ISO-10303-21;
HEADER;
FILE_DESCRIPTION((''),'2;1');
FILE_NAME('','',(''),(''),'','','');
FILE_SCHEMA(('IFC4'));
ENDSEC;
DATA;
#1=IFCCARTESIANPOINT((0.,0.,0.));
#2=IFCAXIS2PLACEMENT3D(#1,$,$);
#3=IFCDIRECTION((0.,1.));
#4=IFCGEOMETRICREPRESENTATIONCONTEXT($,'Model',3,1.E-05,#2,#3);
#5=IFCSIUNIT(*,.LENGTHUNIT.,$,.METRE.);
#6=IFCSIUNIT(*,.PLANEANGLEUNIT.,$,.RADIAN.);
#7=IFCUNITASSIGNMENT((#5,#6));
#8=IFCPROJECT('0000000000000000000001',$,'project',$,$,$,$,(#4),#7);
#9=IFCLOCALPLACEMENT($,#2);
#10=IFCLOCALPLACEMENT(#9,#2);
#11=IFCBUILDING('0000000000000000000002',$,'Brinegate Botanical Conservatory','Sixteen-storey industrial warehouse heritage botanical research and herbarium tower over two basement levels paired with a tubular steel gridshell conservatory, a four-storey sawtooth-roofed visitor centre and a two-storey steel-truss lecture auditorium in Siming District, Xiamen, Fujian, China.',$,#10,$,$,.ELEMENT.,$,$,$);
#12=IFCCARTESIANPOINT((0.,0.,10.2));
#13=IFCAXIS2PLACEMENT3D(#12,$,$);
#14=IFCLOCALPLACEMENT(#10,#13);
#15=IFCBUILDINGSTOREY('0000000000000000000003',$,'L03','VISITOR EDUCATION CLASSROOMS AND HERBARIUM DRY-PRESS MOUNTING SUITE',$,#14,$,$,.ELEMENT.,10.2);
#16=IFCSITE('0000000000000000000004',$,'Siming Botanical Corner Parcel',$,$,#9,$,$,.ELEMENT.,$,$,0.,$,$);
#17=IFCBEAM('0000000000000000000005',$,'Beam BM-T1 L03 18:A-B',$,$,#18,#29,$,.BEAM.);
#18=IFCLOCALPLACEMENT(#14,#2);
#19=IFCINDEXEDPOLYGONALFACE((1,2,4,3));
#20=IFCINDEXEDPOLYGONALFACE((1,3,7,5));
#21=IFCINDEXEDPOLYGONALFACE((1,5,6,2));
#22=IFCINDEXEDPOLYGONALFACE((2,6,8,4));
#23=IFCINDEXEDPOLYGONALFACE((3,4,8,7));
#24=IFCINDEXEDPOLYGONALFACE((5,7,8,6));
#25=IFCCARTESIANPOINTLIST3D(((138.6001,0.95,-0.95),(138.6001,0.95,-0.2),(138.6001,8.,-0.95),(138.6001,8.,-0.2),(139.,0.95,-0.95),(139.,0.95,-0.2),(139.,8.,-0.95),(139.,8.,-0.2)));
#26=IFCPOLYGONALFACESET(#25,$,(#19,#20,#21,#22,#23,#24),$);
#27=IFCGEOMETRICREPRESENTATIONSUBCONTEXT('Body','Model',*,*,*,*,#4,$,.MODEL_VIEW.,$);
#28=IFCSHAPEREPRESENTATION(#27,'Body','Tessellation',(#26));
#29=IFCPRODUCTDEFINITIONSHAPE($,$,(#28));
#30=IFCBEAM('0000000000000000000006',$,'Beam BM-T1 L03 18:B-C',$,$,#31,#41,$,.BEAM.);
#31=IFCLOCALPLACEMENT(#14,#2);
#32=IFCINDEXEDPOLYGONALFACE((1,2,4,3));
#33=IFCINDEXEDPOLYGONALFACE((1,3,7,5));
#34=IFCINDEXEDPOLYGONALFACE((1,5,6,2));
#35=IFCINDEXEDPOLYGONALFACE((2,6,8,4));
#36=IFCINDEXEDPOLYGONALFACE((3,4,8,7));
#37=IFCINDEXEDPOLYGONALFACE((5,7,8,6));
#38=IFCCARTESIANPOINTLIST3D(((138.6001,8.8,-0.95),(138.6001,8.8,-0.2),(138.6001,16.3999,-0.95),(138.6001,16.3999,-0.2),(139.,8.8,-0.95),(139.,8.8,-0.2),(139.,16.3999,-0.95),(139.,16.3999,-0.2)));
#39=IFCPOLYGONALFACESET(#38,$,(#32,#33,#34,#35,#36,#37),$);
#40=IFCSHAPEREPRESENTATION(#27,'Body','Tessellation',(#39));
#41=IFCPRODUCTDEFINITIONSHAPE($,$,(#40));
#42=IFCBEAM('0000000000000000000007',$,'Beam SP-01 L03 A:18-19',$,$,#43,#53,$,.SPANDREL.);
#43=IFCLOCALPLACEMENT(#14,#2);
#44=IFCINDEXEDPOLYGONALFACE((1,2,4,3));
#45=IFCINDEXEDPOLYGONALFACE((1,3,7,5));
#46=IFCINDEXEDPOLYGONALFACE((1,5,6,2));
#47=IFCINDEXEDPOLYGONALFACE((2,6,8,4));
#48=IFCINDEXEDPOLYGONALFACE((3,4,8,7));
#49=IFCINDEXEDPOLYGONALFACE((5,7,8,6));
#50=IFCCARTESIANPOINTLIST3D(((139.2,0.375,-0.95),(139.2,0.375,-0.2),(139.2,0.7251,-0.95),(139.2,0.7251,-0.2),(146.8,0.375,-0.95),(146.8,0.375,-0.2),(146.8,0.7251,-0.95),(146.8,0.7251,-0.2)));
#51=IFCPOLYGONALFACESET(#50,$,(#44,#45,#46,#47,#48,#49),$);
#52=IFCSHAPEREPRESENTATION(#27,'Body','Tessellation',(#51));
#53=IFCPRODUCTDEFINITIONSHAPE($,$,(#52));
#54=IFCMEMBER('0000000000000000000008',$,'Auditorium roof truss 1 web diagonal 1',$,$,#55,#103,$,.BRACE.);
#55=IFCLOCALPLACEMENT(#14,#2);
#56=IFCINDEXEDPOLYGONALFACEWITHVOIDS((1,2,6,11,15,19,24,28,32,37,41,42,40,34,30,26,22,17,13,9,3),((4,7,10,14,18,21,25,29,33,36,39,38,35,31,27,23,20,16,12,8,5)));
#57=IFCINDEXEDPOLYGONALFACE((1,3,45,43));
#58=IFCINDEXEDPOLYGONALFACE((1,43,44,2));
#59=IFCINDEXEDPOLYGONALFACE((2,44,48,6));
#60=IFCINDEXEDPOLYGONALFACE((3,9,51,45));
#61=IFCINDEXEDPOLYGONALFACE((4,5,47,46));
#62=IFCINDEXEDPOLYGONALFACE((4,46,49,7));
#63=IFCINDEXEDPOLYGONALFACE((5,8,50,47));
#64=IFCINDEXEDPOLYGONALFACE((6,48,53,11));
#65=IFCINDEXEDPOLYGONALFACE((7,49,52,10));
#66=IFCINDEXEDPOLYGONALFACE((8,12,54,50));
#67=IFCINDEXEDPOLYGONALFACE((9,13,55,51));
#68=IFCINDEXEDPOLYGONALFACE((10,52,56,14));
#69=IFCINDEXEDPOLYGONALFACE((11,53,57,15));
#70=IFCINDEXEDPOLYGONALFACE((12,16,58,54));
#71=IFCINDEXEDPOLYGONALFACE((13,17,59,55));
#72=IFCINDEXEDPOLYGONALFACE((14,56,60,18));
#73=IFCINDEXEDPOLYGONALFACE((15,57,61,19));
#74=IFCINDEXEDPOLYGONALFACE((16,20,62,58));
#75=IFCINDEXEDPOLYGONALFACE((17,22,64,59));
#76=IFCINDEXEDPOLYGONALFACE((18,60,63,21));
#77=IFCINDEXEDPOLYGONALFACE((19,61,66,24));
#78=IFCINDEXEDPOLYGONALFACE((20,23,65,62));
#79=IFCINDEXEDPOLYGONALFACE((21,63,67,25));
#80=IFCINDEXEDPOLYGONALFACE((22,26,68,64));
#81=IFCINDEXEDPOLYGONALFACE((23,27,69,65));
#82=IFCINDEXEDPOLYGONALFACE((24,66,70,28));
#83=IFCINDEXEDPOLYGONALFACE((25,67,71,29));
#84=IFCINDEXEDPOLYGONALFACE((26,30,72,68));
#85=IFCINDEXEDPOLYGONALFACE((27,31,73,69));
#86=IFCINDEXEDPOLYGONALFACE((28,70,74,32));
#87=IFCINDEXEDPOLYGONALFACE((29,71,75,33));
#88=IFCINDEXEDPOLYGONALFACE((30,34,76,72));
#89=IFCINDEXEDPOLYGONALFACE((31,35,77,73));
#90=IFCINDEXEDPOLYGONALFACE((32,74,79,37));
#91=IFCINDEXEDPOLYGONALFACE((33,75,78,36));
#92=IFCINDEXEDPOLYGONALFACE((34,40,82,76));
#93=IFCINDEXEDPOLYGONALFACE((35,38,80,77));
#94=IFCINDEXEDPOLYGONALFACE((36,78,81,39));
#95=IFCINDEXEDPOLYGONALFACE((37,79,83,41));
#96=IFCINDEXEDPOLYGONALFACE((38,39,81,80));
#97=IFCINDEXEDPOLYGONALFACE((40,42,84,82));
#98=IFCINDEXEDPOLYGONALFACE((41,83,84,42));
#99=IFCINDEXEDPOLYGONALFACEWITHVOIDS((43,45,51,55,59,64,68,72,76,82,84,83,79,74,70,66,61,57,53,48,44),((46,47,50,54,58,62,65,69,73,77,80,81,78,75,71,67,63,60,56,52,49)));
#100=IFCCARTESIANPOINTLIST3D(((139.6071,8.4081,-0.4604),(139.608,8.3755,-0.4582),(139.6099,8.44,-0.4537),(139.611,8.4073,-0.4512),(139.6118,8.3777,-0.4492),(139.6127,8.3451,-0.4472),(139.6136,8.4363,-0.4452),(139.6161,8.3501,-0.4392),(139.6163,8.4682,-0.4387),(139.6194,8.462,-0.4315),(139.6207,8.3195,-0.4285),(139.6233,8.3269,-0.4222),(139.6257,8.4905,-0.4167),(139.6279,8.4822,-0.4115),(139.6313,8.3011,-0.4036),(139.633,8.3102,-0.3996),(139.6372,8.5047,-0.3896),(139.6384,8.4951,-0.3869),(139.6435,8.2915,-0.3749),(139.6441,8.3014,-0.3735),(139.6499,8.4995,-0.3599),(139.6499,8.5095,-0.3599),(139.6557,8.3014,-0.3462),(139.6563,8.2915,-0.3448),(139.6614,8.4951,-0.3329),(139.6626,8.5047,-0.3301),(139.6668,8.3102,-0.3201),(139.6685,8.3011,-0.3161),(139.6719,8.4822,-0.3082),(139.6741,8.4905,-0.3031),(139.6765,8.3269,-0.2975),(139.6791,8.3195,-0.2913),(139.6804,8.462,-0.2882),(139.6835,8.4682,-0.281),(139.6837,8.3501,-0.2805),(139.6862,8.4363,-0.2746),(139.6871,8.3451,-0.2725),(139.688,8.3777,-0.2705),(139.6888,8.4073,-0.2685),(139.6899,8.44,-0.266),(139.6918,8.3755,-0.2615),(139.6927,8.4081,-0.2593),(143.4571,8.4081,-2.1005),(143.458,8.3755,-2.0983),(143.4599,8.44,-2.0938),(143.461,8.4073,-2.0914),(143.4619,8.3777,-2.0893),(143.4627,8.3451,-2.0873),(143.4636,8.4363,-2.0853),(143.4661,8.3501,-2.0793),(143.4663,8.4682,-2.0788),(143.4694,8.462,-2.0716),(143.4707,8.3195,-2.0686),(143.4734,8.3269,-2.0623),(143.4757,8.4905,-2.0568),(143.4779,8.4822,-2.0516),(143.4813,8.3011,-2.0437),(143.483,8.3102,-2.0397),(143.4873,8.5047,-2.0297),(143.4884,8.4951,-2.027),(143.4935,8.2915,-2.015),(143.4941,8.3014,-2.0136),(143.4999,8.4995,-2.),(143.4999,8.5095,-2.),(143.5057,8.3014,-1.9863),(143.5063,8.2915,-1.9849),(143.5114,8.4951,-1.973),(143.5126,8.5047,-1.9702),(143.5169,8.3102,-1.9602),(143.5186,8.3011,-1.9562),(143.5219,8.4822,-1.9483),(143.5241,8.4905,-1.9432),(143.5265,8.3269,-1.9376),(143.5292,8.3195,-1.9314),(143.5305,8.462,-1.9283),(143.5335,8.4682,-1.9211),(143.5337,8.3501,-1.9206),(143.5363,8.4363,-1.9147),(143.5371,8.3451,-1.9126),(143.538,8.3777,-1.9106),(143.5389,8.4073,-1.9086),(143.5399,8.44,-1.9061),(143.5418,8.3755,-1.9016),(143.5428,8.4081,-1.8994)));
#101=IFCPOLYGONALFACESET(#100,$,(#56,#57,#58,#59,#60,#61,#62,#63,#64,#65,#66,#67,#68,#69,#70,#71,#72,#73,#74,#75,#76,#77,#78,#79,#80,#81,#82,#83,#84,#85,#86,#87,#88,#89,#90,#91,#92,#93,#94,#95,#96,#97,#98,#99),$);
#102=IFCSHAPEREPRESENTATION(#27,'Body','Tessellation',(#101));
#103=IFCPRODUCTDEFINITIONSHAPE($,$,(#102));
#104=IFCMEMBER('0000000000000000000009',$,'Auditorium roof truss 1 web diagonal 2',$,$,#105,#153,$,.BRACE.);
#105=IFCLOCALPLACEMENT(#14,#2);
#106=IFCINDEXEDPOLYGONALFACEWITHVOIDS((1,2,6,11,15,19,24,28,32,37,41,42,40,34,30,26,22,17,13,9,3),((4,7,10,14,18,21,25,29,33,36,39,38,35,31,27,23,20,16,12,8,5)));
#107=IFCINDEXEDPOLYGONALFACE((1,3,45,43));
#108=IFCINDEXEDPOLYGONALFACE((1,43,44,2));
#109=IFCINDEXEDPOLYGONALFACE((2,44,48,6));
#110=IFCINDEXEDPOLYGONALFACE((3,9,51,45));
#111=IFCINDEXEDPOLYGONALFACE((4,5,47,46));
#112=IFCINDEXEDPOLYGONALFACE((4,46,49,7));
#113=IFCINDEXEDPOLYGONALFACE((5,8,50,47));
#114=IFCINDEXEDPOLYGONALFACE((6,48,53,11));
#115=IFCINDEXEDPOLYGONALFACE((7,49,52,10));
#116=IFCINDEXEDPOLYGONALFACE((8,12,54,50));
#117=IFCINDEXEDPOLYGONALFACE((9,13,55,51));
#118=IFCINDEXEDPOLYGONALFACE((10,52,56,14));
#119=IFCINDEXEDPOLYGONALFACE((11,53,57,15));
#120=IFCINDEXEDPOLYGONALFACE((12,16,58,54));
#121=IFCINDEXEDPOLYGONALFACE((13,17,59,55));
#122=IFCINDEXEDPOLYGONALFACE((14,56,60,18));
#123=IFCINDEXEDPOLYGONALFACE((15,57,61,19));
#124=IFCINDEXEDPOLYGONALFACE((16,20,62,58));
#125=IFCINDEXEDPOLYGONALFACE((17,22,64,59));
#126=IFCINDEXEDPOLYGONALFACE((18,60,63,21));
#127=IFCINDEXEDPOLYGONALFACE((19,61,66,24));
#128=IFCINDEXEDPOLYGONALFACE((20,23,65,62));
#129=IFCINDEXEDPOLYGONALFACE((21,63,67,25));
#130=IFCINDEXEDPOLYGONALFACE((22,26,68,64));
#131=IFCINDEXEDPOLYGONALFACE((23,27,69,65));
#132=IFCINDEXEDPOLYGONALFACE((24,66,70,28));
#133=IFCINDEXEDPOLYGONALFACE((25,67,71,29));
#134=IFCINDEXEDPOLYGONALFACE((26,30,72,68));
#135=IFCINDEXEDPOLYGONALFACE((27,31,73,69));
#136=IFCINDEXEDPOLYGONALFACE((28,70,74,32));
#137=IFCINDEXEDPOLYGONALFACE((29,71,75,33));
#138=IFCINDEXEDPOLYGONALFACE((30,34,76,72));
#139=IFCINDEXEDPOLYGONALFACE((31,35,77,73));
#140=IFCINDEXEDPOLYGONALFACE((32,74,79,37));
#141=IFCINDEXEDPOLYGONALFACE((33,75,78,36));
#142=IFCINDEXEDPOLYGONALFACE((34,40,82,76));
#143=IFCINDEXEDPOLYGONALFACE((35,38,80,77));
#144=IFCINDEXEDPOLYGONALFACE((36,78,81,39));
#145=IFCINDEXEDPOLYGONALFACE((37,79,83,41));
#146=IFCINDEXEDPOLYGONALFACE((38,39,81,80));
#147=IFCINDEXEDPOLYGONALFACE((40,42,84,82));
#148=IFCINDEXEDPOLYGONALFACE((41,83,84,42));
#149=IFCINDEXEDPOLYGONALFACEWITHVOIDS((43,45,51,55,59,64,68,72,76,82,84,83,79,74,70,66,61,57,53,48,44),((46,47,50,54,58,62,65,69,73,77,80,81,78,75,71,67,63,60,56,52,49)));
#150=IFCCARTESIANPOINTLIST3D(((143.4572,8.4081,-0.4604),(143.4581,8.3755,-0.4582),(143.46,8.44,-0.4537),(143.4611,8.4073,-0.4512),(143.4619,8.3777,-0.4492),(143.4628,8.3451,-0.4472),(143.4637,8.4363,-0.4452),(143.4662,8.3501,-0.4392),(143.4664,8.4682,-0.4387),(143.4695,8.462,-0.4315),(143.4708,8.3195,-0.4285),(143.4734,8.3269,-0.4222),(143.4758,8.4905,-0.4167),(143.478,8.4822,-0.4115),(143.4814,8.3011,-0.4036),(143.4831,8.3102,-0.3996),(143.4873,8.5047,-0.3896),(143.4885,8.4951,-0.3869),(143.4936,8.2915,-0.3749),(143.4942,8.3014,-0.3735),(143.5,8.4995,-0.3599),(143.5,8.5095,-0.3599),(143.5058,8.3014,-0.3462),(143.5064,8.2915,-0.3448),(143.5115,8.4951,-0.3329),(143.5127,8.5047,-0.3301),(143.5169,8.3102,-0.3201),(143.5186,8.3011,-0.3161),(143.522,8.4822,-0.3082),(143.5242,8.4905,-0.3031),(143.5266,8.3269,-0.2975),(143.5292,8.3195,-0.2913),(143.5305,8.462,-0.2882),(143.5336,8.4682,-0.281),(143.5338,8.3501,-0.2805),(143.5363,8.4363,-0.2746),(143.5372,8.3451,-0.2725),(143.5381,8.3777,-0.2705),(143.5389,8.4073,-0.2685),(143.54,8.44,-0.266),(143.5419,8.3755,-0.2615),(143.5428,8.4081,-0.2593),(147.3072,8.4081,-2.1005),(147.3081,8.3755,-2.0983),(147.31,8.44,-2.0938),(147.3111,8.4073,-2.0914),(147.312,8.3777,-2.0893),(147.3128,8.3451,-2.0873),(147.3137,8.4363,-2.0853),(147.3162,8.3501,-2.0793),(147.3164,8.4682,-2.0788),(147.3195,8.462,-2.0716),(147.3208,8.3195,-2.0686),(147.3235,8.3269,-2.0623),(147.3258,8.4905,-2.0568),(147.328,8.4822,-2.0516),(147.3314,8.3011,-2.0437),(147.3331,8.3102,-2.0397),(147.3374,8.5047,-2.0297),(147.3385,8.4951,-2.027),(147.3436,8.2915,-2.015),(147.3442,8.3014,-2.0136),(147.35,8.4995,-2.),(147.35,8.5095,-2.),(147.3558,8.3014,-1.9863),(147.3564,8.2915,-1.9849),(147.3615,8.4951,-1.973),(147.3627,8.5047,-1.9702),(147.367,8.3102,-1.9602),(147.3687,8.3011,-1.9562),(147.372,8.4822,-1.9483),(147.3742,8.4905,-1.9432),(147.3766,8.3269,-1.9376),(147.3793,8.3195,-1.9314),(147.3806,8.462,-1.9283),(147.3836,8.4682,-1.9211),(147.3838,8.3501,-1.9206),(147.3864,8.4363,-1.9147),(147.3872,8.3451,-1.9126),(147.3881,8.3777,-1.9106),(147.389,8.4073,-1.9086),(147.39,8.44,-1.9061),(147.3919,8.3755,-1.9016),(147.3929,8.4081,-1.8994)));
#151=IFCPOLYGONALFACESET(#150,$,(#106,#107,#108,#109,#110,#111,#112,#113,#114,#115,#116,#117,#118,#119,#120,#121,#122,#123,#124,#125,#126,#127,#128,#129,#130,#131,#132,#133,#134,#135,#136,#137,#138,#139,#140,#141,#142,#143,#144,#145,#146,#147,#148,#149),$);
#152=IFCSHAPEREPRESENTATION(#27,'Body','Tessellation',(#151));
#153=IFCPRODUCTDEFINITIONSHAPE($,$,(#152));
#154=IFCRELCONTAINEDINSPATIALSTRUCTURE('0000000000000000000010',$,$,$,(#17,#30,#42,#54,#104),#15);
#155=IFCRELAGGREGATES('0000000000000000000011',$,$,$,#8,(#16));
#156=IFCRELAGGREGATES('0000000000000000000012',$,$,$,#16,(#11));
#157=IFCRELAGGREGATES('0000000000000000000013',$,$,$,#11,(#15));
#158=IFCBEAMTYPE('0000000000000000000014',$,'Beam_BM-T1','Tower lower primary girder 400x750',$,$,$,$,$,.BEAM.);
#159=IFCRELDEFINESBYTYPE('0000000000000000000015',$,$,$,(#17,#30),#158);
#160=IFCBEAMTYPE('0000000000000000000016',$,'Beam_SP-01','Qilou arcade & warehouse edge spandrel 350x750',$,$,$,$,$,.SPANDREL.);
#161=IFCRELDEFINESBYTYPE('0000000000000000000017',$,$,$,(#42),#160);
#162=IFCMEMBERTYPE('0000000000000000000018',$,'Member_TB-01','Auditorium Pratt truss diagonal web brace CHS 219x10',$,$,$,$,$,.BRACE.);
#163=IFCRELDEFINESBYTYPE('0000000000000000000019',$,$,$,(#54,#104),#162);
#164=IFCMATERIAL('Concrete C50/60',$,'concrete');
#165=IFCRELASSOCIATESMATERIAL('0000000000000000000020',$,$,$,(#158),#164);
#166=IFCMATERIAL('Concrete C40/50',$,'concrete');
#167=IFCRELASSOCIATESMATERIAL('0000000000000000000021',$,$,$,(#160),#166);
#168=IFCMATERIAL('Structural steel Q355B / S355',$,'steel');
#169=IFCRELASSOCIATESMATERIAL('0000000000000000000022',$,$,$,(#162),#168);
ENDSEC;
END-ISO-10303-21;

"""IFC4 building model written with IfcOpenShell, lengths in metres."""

from ifc_helpers import new_model, si_unit, direction, frame, origin, origin_2d, place, context, subcontext, project, spatial, rectangle, hollow_circle, extrude, material, material_profile, profile_set, type_object, element, save


model = new_model("IFC4")

# Units and contexts
model_context = context("Model", 3, precision=1e-05, world=origin(), true_north=direction((0.0, 1.0)))
body_context = subcontext(model_context, "Body", "Model", "MODEL_VIEW")
ifc_project = project(units=[si_unit("LENGTHUNIT", "METRE"), si_unit("PLANEANGLEUNIT", "RADIAN")], contexts=[model_context])

# Site, building, storey
site_placement = place(None, origin())
site = spatial("IfcSite", under=ifc_project, at=site_placement, Name="Siming Botanical Corner Parcel", CompositionType="ELEMENT", RefElevation=0.0)
building_placement = place(site_placement, origin())
building = spatial("IfcBuilding", under=site, at=building_placement, Name="Brinegate Botanical Conservatory", Description="Sixteen-storey industrial warehouse heritage botanical research and herbarium tower over two basement levels paired with a tubular steel gridshell conservatory, a four-storey sawtooth-roofed visitor centre and a two-storey steel-truss lecture auditorium in Siming District, Xiamen, Fujian, China.", CompositionType="ELEMENT")
storey_placement = place(building_placement, frame((0.0, 0.0, 10.2)))
storey = spatial("IfcBuildingStorey", under=building, at=storey_placement, Name="L03", Description="VISITOR EDUCATION CLASSROOMS AND HERBARIUM DRY-PRESS MOUNTING SUITE", CompositionType="ELEMENT", Elevation=10.2)

# Beams
ifc_material_1 = material(Name="Concrete C50/60", Category="concrete")
ifc_material_profile_1 = material_profile(ifc_material_1, rectangle(XDim=0.3999, YDim=0.75, at=origin_2d()), Name="RC BM 400x750")
ifc_profile_set_1 = profile_set([ifc_material_profile_1], Name="Concrete C50/60")
beam_type_1 = type_object("IfcBeamType", Name="Beam_BM-T1", Description="Tower lower primary girder 400x750", PredefinedType="BEAM", material=ifc_profile_set_1)
beam_1_placement = place(storey_placement, frame((138.8, 0.95, -0.575), z_axis=(0.0, 1.0, 0.0), x_axis=(-1.0, 0.0, 0.0)))
element("IfcBeam", 1, at=beam_1_placement, inside=storey, type_object=beam_type_1, Name="Beam BM-T1 L03 18:A-B", PredefinedType="BEAM", context=body_context, shape_type="SweptSolid", body=[
    extrude(rectangle(XDim=0.3999, YDim=0.75, at=origin_2d()), origin(), (0.0, 0.0, 1.0), 7.05),
])
beam_2_placement = place(storey_placement, frame((138.8, 8.8, -0.575), z_axis=(0.0, 1.0, 0.0), x_axis=(-1.0, 0.0, 0.0)))
element("IfcBeam", 2, at=beam_2_placement, inside=storey, type_object=beam_type_1, Name="Beam BM-T1 L03 18:B-C", PredefinedType="BEAM", context=body_context, shape_type="SweptSolid", body=[
    extrude(rectangle(XDim=0.3999, YDim=0.75, at=origin_2d()), origin(), (0.0, 0.0, 1.0), 7.5999),
])
ifc_material_2 = material(Name="Concrete C40/50", Category="concrete")
ifc_material_profile_2 = material_profile(ifc_material_2, rectangle(XDim=0.3501, YDim=0.75, at=origin_2d()), Name="RC SPN 350x750")
ifc_profile_set_2 = profile_set([ifc_material_profile_2], Name="Concrete C40/50")
beam_type_2 = type_object("IfcBeamType", Name="Beam_SP-01", Description="Qilou arcade & warehouse edge spandrel 350x750", PredefinedType="SPANDREL", material=ifc_profile_set_2)
beam_3_placement = place(storey_placement, frame((139.2, 0.55, -0.575), z_axis=(1.0, 0.0, 0.0), x_axis=(0.0, 1.0, 0.0)))
element("IfcBeam", 3, at=beam_3_placement, inside=storey, type_object=beam_type_2, Name="Beam SP-01 L03 A:18-19", PredefinedType="SPANDREL", context=body_context, shape_type="SweptSolid", body=[
    extrude(rectangle(XDim=0.3501, YDim=0.75, at=origin_2d()), origin(), (0.0, 0.0, 1.0), 7.6001),
])

# Members
ifc_material_3 = material(Name="Structural steel Q355B / S355", Category="steel")
ifc_material_profile_3 = material_profile(ifc_material_3, hollow_circle(Radius=0.1096, WallThickness=0.01, at=origin_2d()), Name="CHS 219x10")
ifc_profile_set_3 = profile_set([ifc_material_profile_3], Name="Structural steel Q355B / S355")
member_type_1 = type_object("IfcMemberType", Name="Member_TB-01", Description="Auditorium Pratt truss diagonal web brace CHS 219x10", PredefinedType="BRACE", material=ifc_profile_set_3)
for number, where, z_axis, x_axis, name in (
    (4, (139.6499, 8.3999, -0.3599), (0.92, 0.0, -0.391919), (0.0, 1.0, 0.0), "Auditorium roof truss 1 web diagonal 1"),
    (5, (143.5, 8.3999, -0.3599), (0.92, 0.0, -0.391919), (0.0, 1.0, 0.0), "Auditorium roof truss 1 web diagonal 2"),
):
    element("IfcMember", number, at=place(storey_placement, frame(where, z_axis=z_axis, x_axis=x_axis)), inside=storey, type_object=member_type_1, Name=name, PredefinedType="BRACE", context=body_context, shape_type="SweptSolid", body=[
        extrude(hollow_circle(Radius=0.1096, WallThickness=0.01, at=origin_2d()), origin(), (0.0, 0.0, 1.0), 4.1848),
    ])

save(model, "model.ifc")
